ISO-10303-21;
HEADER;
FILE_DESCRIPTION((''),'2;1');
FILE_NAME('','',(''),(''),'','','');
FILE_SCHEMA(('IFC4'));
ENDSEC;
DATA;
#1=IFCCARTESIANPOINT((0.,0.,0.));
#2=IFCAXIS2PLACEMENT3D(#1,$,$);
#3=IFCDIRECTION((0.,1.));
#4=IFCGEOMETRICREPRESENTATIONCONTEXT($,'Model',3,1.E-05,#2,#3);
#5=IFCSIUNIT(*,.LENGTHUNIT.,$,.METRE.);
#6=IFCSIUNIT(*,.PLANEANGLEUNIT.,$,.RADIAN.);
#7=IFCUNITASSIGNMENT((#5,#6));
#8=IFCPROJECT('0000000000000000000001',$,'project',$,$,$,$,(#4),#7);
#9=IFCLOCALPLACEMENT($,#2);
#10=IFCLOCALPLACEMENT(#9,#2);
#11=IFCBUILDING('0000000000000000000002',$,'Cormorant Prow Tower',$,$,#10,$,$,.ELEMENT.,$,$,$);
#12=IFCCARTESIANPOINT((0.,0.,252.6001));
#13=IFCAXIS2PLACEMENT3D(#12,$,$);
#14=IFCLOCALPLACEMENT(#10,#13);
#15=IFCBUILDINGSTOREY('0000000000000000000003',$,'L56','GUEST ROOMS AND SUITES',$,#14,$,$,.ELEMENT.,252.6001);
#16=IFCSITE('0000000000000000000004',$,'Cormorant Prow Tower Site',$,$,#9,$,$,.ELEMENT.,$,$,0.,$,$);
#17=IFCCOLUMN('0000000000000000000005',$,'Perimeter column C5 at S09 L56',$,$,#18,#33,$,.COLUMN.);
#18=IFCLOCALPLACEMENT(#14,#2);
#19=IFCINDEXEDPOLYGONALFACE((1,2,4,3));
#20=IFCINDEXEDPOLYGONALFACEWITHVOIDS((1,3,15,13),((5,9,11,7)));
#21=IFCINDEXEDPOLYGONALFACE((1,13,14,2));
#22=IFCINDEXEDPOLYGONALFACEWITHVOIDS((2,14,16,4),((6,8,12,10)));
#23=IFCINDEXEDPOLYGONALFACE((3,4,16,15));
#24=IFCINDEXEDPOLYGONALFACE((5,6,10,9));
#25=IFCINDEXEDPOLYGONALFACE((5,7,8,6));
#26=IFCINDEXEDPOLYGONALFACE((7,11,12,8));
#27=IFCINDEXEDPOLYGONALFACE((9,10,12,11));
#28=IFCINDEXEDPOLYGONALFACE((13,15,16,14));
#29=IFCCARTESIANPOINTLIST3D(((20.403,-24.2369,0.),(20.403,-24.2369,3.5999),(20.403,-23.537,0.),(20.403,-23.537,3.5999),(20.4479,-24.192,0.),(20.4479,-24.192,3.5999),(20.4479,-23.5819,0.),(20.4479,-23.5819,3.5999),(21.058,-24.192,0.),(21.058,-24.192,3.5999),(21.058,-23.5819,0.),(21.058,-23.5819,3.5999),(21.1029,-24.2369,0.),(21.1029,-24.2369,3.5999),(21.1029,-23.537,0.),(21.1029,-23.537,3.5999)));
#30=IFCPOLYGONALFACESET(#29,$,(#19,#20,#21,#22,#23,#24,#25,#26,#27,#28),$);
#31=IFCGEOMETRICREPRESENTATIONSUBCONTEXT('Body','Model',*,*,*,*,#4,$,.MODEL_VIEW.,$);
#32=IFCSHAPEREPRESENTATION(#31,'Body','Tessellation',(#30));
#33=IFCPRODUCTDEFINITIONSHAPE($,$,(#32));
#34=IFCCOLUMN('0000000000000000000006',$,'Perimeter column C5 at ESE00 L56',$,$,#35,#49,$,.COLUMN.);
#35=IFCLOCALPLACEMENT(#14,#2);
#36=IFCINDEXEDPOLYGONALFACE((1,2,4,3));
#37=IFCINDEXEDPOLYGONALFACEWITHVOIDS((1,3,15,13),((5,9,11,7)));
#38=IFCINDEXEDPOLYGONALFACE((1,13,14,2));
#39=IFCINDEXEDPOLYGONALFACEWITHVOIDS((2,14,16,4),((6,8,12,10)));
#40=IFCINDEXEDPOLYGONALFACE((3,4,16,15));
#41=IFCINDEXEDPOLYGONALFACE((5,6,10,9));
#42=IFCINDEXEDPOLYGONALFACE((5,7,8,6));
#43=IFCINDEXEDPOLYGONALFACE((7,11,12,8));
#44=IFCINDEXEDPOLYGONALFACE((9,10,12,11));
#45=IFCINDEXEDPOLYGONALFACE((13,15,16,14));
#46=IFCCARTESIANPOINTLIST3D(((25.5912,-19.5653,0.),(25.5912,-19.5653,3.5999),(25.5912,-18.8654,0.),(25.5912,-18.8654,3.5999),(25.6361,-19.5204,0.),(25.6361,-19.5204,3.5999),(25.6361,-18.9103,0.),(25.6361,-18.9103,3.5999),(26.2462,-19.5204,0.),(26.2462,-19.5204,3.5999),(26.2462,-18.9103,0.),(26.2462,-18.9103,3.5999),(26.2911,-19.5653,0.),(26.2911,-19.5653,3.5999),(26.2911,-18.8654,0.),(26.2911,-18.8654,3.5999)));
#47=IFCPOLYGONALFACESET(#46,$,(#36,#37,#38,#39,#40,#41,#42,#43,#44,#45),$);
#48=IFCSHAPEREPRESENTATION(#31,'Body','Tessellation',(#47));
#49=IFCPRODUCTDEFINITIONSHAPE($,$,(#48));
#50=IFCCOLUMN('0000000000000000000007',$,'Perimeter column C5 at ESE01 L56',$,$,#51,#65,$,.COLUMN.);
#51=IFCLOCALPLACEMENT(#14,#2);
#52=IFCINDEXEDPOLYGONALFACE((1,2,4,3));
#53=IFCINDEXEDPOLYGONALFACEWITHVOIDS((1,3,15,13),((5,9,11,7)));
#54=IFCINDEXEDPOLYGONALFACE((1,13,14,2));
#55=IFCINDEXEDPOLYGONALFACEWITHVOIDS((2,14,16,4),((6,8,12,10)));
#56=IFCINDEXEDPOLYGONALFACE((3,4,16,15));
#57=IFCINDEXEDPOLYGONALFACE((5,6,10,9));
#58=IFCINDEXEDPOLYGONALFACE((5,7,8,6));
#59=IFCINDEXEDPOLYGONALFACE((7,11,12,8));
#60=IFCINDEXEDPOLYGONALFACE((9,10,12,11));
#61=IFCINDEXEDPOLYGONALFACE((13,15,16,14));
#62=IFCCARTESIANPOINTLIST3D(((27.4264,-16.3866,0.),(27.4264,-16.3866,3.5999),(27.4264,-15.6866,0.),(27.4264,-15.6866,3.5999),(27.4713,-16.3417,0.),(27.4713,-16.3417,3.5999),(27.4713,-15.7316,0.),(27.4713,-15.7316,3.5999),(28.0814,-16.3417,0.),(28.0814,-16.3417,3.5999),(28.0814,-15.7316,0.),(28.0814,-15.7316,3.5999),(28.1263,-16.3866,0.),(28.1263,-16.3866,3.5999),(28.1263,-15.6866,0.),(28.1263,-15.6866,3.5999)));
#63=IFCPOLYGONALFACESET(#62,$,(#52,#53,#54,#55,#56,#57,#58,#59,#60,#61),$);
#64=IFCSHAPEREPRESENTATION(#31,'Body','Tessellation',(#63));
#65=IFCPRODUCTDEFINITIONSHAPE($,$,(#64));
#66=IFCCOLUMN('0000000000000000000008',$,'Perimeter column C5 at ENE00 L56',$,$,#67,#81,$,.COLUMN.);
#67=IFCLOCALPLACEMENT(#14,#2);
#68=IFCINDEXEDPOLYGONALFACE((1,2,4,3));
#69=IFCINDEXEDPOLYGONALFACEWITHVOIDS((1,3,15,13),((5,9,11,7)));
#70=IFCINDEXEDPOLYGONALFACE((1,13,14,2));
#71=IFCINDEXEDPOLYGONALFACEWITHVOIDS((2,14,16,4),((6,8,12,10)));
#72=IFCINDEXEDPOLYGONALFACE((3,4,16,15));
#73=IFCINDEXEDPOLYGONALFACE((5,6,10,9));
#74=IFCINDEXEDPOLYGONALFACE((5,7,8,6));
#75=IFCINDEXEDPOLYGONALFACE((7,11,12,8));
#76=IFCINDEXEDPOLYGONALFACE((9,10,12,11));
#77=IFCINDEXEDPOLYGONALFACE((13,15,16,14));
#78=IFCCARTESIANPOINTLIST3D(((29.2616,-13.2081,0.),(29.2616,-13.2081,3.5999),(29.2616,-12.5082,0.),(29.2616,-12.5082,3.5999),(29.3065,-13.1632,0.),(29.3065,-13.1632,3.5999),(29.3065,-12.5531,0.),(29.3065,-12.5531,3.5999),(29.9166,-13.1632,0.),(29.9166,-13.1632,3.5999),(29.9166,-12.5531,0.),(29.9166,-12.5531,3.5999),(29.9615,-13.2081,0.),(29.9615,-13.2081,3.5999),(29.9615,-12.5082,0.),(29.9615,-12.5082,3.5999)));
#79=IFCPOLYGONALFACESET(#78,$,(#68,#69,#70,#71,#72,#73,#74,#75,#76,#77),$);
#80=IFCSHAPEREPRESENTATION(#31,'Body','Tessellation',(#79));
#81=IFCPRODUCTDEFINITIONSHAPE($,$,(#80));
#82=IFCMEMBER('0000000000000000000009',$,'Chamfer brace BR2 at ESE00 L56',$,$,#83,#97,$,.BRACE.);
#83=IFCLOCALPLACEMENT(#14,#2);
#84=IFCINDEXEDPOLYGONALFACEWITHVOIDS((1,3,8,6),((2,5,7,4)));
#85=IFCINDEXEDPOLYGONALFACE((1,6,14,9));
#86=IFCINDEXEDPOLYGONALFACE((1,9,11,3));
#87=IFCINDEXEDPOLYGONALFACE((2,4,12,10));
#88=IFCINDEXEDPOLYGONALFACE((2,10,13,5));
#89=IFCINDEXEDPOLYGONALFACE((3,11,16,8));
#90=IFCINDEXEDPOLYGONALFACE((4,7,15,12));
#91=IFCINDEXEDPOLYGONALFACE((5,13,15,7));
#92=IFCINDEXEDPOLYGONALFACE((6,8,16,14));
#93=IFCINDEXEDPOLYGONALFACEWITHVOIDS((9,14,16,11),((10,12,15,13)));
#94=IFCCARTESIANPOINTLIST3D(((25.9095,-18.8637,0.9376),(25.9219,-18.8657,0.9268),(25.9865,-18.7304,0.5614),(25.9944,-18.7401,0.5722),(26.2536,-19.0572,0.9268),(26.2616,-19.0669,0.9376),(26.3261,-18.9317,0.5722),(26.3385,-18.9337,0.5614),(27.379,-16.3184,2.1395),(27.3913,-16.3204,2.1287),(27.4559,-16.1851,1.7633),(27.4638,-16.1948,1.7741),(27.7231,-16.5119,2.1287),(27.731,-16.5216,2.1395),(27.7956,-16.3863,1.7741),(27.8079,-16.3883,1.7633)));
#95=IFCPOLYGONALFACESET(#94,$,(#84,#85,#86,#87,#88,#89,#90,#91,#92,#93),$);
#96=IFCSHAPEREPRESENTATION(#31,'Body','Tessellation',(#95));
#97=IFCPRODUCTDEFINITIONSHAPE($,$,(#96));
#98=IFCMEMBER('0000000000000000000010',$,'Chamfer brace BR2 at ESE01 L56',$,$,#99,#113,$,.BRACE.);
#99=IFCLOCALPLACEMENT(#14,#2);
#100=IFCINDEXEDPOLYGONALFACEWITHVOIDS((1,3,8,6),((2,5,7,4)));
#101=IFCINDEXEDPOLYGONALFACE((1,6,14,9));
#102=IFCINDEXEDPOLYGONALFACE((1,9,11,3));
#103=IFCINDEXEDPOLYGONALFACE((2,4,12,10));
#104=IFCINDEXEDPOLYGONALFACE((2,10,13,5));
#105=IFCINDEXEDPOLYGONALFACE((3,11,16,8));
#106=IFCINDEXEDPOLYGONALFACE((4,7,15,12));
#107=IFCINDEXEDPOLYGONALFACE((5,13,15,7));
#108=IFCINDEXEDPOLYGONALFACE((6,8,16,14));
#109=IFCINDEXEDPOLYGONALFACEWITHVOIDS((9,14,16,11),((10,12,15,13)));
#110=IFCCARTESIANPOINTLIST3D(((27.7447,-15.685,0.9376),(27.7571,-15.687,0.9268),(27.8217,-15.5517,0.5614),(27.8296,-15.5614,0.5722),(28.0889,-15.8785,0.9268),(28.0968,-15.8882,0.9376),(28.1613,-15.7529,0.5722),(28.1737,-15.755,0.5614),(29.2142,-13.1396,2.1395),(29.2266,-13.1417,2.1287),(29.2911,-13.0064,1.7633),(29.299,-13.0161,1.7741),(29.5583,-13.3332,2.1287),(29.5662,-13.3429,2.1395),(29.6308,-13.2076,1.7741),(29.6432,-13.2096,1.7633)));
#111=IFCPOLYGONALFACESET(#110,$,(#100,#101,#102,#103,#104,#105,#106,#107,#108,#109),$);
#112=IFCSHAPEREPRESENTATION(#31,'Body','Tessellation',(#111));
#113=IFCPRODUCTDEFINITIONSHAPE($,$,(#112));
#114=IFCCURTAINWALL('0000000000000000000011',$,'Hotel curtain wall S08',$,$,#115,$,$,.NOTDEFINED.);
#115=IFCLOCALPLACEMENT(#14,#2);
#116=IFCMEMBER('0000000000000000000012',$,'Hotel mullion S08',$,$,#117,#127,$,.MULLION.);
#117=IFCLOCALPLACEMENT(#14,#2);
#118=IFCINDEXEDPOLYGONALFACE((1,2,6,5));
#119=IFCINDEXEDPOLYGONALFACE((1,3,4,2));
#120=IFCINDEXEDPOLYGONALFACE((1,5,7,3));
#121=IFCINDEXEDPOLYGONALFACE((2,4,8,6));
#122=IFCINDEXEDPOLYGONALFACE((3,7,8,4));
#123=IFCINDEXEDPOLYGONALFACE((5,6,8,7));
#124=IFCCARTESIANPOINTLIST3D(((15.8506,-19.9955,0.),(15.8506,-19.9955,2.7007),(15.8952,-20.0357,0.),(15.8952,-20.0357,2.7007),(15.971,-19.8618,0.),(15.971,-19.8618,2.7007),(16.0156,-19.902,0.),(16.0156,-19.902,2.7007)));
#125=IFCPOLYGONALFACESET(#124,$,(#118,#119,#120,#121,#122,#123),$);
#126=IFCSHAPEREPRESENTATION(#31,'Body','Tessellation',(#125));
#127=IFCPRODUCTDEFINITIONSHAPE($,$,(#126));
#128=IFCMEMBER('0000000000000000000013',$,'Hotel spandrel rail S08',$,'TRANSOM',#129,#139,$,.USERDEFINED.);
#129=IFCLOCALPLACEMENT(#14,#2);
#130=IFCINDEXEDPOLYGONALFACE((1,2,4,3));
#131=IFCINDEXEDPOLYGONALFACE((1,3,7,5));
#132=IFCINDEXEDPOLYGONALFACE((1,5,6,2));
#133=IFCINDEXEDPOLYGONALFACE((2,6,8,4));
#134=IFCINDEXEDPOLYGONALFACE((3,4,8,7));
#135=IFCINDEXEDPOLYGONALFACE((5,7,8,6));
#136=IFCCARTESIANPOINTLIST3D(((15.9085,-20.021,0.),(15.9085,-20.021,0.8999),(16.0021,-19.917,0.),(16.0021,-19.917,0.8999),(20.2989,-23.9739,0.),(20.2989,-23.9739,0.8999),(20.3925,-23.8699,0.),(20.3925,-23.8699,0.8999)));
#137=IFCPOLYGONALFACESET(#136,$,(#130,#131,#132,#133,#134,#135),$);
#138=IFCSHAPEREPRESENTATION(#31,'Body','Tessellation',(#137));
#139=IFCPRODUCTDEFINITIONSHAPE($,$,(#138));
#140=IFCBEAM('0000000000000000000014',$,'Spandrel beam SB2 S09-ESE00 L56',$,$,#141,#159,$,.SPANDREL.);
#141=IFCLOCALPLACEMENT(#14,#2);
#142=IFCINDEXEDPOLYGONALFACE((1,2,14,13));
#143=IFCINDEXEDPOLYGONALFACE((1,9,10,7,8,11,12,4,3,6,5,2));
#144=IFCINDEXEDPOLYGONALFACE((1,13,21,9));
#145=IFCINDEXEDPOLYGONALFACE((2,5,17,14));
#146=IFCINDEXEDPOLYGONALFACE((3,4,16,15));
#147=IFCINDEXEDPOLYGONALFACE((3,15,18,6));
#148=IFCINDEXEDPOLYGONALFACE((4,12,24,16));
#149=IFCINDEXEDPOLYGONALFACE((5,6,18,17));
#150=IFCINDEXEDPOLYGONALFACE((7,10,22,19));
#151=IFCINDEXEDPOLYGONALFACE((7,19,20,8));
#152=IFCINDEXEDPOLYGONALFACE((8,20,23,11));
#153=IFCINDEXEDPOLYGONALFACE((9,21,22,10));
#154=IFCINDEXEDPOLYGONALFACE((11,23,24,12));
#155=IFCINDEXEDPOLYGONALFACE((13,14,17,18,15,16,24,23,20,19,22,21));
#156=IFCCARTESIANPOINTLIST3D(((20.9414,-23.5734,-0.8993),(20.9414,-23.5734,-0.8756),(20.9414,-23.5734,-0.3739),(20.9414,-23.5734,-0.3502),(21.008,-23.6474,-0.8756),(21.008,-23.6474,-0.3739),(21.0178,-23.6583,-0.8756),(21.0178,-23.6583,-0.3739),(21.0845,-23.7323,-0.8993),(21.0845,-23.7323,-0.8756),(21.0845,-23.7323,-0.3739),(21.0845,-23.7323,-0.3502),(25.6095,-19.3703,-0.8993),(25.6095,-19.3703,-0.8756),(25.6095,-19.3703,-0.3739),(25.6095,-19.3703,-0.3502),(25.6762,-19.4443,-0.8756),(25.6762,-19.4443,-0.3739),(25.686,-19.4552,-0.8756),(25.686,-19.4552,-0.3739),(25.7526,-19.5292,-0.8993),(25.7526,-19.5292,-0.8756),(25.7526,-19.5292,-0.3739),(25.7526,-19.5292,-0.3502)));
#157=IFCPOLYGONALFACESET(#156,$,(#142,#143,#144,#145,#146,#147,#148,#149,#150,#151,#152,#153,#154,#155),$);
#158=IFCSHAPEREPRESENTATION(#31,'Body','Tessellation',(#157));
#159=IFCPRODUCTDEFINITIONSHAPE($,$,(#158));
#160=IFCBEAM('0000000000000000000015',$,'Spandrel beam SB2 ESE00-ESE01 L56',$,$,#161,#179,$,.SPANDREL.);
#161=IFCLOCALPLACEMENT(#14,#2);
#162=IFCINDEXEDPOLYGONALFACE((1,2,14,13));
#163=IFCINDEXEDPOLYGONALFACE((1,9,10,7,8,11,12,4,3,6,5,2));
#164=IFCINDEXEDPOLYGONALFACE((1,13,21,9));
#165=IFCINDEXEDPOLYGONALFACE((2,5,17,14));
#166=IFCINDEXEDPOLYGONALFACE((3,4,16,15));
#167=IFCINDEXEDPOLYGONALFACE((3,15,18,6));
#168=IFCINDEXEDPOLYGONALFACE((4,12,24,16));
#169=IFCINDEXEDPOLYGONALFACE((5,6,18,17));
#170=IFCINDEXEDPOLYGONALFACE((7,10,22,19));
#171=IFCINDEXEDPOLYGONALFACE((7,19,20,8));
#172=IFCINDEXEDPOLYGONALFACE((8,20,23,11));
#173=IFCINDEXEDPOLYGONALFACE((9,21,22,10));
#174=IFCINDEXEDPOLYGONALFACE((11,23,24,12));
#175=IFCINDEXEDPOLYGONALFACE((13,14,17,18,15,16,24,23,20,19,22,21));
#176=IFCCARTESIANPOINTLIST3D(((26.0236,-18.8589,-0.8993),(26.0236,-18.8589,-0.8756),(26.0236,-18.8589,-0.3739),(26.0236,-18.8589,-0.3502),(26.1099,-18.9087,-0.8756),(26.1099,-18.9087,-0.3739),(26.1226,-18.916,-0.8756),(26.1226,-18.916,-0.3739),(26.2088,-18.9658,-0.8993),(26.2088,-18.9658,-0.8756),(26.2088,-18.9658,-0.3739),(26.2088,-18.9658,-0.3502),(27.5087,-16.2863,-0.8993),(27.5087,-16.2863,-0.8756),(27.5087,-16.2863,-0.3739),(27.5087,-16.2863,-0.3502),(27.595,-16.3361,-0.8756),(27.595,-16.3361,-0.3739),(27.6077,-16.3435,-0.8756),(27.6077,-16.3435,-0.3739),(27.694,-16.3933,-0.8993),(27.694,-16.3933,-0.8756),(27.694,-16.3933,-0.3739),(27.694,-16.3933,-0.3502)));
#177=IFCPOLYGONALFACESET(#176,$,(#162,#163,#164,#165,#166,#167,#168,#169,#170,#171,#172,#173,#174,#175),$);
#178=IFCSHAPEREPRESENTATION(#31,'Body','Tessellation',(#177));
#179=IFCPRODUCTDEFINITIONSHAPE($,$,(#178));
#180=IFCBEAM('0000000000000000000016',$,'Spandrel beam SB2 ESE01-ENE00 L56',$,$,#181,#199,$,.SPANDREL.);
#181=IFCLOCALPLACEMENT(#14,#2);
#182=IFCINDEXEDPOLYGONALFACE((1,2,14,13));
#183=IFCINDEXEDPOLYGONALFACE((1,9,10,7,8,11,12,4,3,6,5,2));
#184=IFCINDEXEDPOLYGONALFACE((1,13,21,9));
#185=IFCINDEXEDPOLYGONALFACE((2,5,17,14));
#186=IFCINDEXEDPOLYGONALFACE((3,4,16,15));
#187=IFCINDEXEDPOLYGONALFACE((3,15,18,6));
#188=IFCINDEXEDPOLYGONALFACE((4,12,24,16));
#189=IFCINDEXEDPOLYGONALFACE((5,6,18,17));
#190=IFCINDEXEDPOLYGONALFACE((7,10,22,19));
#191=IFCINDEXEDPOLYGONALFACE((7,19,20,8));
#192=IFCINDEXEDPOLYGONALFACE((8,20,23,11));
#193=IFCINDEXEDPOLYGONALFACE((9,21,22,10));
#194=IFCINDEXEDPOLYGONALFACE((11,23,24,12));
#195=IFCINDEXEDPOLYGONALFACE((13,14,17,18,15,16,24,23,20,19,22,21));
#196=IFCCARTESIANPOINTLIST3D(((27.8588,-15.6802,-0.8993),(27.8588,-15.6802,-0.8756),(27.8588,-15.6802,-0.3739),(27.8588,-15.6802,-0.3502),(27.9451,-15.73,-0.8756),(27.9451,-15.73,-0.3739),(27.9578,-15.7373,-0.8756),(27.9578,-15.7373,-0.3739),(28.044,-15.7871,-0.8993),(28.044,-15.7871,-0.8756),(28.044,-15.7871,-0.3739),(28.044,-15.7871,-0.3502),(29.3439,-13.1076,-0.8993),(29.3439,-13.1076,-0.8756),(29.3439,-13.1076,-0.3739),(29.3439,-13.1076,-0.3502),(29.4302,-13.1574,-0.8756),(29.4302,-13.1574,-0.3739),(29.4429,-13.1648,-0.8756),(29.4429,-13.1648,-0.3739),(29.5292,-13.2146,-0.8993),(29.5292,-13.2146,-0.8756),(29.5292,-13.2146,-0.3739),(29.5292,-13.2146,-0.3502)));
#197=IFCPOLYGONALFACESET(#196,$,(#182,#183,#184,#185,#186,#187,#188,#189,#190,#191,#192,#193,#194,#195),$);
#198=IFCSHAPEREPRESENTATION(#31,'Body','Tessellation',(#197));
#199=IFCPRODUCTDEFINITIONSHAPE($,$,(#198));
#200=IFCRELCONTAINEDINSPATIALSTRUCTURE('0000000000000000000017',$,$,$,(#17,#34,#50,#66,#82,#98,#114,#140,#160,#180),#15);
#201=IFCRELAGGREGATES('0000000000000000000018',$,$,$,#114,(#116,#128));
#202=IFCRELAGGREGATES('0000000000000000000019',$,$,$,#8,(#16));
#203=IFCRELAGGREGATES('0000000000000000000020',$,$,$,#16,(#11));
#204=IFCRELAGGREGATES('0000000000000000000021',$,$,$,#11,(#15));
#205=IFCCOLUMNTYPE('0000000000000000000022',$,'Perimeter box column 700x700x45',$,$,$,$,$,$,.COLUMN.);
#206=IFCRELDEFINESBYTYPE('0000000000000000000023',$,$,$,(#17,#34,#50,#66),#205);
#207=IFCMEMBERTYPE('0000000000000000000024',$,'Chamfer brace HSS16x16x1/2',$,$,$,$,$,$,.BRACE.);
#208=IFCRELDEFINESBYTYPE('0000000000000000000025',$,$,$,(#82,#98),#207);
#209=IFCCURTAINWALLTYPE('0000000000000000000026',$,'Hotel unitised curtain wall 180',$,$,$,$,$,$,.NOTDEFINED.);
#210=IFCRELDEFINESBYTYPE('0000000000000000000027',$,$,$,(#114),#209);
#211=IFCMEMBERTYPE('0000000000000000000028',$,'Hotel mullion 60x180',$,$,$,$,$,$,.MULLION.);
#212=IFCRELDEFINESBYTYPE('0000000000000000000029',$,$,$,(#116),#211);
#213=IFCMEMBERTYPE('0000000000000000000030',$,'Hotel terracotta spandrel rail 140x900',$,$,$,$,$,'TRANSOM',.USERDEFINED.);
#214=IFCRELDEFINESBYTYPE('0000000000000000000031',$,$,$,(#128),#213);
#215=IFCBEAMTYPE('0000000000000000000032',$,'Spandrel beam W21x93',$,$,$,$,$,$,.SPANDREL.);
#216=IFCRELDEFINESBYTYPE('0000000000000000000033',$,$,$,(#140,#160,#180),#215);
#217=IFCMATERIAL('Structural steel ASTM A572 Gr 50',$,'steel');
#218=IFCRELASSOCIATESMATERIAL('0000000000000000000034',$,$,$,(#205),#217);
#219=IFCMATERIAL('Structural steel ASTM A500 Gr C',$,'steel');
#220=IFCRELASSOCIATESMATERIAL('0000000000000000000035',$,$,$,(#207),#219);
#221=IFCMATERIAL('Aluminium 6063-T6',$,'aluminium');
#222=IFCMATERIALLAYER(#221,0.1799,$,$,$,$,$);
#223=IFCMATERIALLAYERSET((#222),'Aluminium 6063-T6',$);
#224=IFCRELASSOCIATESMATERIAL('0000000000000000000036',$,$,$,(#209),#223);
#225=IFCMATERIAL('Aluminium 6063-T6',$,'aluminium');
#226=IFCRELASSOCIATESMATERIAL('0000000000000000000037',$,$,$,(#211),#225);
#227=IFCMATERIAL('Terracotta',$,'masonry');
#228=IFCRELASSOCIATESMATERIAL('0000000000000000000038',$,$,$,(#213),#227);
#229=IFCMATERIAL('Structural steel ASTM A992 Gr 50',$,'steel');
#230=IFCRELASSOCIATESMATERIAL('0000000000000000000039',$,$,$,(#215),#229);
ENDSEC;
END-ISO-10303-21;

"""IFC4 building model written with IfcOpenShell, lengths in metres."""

from ifc_helpers import new_model, si_unit, direction, frame, origin, origin_2d, place, context, subcontext, project, spatial, rectangle, hollow_rectangle, i_section, extrude, material, layer, layer_set, material_profile, profile_set, type_object, element, aggregate, save


model = new_model("IFC4")

# Units and contexts
model_context = context("Model", 3, precision=1e-05, world=origin(), true_north=direction((0.0, 1.0)))
body_context = subcontext(model_context, "Body", "Model", "MODEL_VIEW")
ifc_project = project(units=[si_unit("LENGTHUNIT", "METRE"), si_unit("PLANEANGLEUNIT", "RADIAN")], contexts=[model_context])

# Site, building, storey
site_placement = place(None, origin())
site = spatial("IfcSite", under=ifc_project, at=site_placement, Name="Cormorant Prow Tower Site", CompositionType="ELEMENT", RefElevation=0.0)
building_placement = place(site_placement, origin())
building = spatial("IfcBuilding", under=site, at=building_placement, Name="Cormorant Prow Tower", CompositionType="ELEMENT")
storey_placement = place(building_placement, frame((0.0, 0.0, 252.6001)))
storey = spatial("IfcBuildingStorey", under=building, at=storey_placement, Name="L56", Description="GUEST ROOMS AND SUITES", CompositionType="ELEMENT", Elevation=252.6001)

# Columns
ifc_material_1 = material(Name="Structural steel ASTM A572 Gr 50", Category="steel")
ifc_material_profile_1 = material_profile(ifc_material_1, hollow_rectangle(XDim=0.7, YDim=0.7, WallThickness=0.0449, at=origin_2d()), Name="Box 700x700x45")
ifc_profile_set_1 = profile_set([ifc_material_profile_1], Name="Structural steel ASTM A572 Gr 50")
column_type = type_object("IfcColumnType", Name="Perimeter box column 700x700x45", PredefinedType="COLUMN", material=ifc_profile_set_1)
for number, where, z_axis, x_axis, name in (
    (1, (20.7529, -23.887, 0.0), (0.0, 0.0, 1.0), (1.0, 0.0, 0.0), "Perimeter column C5 at S09 L56"),
    (2, (25.9412, -19.2153, 0.0), (0.0, 0.0, 1.0), (1.0, 0.0, 0.0), "Perimeter column C5 at ESE00 L56"),
    (3, (27.7764, -16.0366, 0.0), (0.0, 0.0, 1.0), (1.0, 0.0, 0.0), "Perimeter column C5 at ESE01 L56"),
    (4, (29.6116, -12.8582, 0.0), (0.0, 0.0, 1.0), (1.0, 0.0, 0.0), "Perimeter column C5 at ENE00 L56"),
):
    element("IfcColumn", number, at=place(storey_placement, frame(where, z_axis=z_axis, x_axis=x_axis)), inside=storey, type_object=column_type, Name=name, PredefinedType="COLUMN", context=body_context, shape_type="SweptSolid", body=[
        extrude(hollow_rectangle(XDim=0.7, YDim=0.7, WallThickness=0.0449, at=origin_2d()), origin(), (0.0, 0.0, 1.0), 3.5999),
    ])

# Members
ifc_material_2 = material(Name="Structural steel ASTM A500 Gr C", Category="steel")
ifc_material_profile_2 = material_profile(ifc_material_2, hollow_rectangle(XDim=0.4065, YDim=0.4065, WallThickness=0.0117, at=origin_2d()), Name="HSS16x16x1/2")
ifc_profile_set_2 = profile_set([ifc_material_profile_2], Name="Structural steel ASTM A500 Gr C")
member_type_1 = type_object("IfcMemberType", Name="Chamfer brace HSS16x16x1/2", PredefinedType="BRACE", material=ifc_profile_set_2)
for number, where, z_axis, x_axis, name in (
    (5, (26.124, -18.8987, 0.7495), (0.462773, 0.801607, 0.378507), (-0.866042, 0.499972, 0.0), "Chamfer brace BR2 at ESE00 L56"),
    (6, (27.9592, -15.72, 0.7495), (0.462773, 0.801607, 0.378507), (-0.866042, 0.499972, 0.0), "Chamfer brace BR2 at ESE01 L56"),
):
    element("IfcMember", number, at=place(storey_placement, frame(where, z_axis=z_axis, x_axis=x_axis)), inside=storey, type_object=member_type_1, Name=name, PredefinedType="BRACE", context=body_context, shape_type="SweptSolid", body=[
        extrude(hollow_rectangle(XDim=0.4065, YDim=0.4065, WallThickness=0.0117, at=origin_2d()), origin(), (0.0, 0.0, 1.0), 3.1753),
    ])

# Curtain wall, members
ifc_material_3 = material(Name="Aluminium 6063-T6", Category="aluminium")
ifc_layer_1 = layer(ifc_material_3, 0.1799)
ifc_layer_set_1 = layer_set([ifc_layer_1], Name="Aluminium 6063-T6")
curtain_wall_type = type_object("IfcCurtainWallType", Name="Hotel unitised curtain wall 180", PredefinedType="NOTDEFINED", material=ifc_layer_set_1)
curtain_wall_placement = place(storey_placement, origin())
curtain_wall = element("IfcCurtainWall", 7, at=curtain_wall_placement, inside=storey, type_object=curtain_wall_type, Name="Hotel curtain wall S08", PredefinedType="NOTDEFINED")
ifc_material_4 = material(Name="Aluminium 6063-T6", Category="aluminium")
ifc_material_profile_3 = material_profile(ifc_material_4, rectangle(XDim=0.1799, YDim=0.0601, at=origin_2d()), Name="Hotel mullion 60x180")
ifc_profile_set_3 = profile_set([ifc_material_profile_3], Name="Aluminium 6063-T6")
member_type_2 = type_object("IfcMemberType", Name="Hotel mullion 60x180", PredefinedType="MULLION", material=ifc_profile_set_3)
member_1_placement = place(storey_placement, frame((15.9331, -19.9487, 0.0), z_axis=(0.0, 0.0, 1.0), x_axis=(0.669131, 0.743145, 0.0)))
member_1 = element("IfcMember", 8, at=member_1_placement, type_object=member_type_2, Name="Hotel mullion S08", PredefinedType="MULLION", context=body_context, shape_type="SweptSolid", body=[
    extrude(rectangle(XDim=0.1799, YDim=0.0601, at=origin_2d()), origin(), (0.0, 0.0, 1.0), 2.7007),
])
ifc_material_5 = material(Name="Terracotta", Category="masonry")
ifc_material_profile_4 = material_profile(ifc_material_5, rectangle(XDim=0.1399, YDim=0.8999, at=origin_2d()), Name="Hotel terracotta spandrel rail 140x900")
ifc_profile_set_4 = profile_set([ifc_material_profile_4], Name="Terracotta")
member_type_3 = type_object("IfcMemberType", Name="Hotel terracotta spandrel rail 140x900", ElementType="TRANSOM", PredefinedType="USERDEFINED", material=ifc_profile_set_4)
member_2_placement = place(storey_placement, frame((15.9553, -19.969, 0.45), z_axis=(0.743165, -0.669109, 0.0), x_axis=(0.669109, 0.743165, 0.0)))
member_2 = element("IfcMember", 9, at=member_2_placement, type_object=member_type_3, Name="Hotel spandrel rail S08", ObjectType="TRANSOM", PredefinedType="USERDEFINED", context=body_context, shape_type="SweptSolid", body=[
    extrude(rectangle(XDim=0.1399, YDim=0.8999, at=origin_2d()), origin(), (0.0, 0.0, 1.0), 5.9077),
])

# Beams
ifc_material_6 = material(Name="Structural steel ASTM A992 Gr 50", Category="steel")
ifc_material_profile_5 = material_profile(ifc_material_6, i_section(OverallWidth=0.2139, OverallDepth=0.5491, WebThickness=0.0146, FlangeThickness=0.0237, at=origin_2d()), Name="W21x93")
ifc_profile_set_5 = profile_set([ifc_material_profile_5], Name="Structural steel ASTM A992 Gr 50")
beam_type = type_object("IfcBeamType", Name="Spandrel beam W21x93", PredefinedType="SPANDREL", material=ifc_profile_set_5)
beam_placement = place(storey_placement, frame((21.0129, -23.6528, -0.6248), z_axis=(0.743157, 0.669117, 0.0), x_axis=(-0.669117, 0.743157, 0.0)))
element("IfcBeam", 10, at=beam_placement, inside=storey, type_object=beam_type, Name="Spandrel beam SB2 S09-ESE00 L56", PredefinedType="SPANDREL", context=body_context, shape_type="SweptSolid", body=[
    extrude(i_section(OverallWidth=0.2139, OverallDepth=0.5491, WebThickness=0.0146, FlangeThickness=0.0237, at=origin_2d()), origin(), (0.0, 0.0, 1.0), 6.2815),
])
for number, where, z_axis, x_axis, name in (
    (11, (26.1162, -18.9124, -0.6248), (0.499967, 0.866045, 0.0), (-0.866045, 0.499967, 0.0), "Spandrel beam SB2 ESE00-ESE01 L56"),
    (12, (27.9514, -15.7336, -0.6248), (0.499967, 0.866045, 0.0), (-0.866045, 0.499967, 0.0), "Spandrel beam SB2 ESE01-ENE00 L56"),
):
    element("IfcBeam", number, at=place(storey_placement, frame(where, z_axis=z_axis, x_axis=x_axis)), inside=storey, type_object=beam_type, Name=name, PredefinedType="SPANDREL", context=body_context, shape_type="SweptSolid", body=[
        extrude(i_section(OverallWidth=0.2139, OverallDepth=0.5491, WebThickness=0.0146, FlangeThickness=0.0237, at=origin_2d()), origin(), (0.0, 0.0, 1.0), 2.9705),
    ])

aggregate(curtain_wall, [member_1, member_2])

save(model, "model.ifc")
